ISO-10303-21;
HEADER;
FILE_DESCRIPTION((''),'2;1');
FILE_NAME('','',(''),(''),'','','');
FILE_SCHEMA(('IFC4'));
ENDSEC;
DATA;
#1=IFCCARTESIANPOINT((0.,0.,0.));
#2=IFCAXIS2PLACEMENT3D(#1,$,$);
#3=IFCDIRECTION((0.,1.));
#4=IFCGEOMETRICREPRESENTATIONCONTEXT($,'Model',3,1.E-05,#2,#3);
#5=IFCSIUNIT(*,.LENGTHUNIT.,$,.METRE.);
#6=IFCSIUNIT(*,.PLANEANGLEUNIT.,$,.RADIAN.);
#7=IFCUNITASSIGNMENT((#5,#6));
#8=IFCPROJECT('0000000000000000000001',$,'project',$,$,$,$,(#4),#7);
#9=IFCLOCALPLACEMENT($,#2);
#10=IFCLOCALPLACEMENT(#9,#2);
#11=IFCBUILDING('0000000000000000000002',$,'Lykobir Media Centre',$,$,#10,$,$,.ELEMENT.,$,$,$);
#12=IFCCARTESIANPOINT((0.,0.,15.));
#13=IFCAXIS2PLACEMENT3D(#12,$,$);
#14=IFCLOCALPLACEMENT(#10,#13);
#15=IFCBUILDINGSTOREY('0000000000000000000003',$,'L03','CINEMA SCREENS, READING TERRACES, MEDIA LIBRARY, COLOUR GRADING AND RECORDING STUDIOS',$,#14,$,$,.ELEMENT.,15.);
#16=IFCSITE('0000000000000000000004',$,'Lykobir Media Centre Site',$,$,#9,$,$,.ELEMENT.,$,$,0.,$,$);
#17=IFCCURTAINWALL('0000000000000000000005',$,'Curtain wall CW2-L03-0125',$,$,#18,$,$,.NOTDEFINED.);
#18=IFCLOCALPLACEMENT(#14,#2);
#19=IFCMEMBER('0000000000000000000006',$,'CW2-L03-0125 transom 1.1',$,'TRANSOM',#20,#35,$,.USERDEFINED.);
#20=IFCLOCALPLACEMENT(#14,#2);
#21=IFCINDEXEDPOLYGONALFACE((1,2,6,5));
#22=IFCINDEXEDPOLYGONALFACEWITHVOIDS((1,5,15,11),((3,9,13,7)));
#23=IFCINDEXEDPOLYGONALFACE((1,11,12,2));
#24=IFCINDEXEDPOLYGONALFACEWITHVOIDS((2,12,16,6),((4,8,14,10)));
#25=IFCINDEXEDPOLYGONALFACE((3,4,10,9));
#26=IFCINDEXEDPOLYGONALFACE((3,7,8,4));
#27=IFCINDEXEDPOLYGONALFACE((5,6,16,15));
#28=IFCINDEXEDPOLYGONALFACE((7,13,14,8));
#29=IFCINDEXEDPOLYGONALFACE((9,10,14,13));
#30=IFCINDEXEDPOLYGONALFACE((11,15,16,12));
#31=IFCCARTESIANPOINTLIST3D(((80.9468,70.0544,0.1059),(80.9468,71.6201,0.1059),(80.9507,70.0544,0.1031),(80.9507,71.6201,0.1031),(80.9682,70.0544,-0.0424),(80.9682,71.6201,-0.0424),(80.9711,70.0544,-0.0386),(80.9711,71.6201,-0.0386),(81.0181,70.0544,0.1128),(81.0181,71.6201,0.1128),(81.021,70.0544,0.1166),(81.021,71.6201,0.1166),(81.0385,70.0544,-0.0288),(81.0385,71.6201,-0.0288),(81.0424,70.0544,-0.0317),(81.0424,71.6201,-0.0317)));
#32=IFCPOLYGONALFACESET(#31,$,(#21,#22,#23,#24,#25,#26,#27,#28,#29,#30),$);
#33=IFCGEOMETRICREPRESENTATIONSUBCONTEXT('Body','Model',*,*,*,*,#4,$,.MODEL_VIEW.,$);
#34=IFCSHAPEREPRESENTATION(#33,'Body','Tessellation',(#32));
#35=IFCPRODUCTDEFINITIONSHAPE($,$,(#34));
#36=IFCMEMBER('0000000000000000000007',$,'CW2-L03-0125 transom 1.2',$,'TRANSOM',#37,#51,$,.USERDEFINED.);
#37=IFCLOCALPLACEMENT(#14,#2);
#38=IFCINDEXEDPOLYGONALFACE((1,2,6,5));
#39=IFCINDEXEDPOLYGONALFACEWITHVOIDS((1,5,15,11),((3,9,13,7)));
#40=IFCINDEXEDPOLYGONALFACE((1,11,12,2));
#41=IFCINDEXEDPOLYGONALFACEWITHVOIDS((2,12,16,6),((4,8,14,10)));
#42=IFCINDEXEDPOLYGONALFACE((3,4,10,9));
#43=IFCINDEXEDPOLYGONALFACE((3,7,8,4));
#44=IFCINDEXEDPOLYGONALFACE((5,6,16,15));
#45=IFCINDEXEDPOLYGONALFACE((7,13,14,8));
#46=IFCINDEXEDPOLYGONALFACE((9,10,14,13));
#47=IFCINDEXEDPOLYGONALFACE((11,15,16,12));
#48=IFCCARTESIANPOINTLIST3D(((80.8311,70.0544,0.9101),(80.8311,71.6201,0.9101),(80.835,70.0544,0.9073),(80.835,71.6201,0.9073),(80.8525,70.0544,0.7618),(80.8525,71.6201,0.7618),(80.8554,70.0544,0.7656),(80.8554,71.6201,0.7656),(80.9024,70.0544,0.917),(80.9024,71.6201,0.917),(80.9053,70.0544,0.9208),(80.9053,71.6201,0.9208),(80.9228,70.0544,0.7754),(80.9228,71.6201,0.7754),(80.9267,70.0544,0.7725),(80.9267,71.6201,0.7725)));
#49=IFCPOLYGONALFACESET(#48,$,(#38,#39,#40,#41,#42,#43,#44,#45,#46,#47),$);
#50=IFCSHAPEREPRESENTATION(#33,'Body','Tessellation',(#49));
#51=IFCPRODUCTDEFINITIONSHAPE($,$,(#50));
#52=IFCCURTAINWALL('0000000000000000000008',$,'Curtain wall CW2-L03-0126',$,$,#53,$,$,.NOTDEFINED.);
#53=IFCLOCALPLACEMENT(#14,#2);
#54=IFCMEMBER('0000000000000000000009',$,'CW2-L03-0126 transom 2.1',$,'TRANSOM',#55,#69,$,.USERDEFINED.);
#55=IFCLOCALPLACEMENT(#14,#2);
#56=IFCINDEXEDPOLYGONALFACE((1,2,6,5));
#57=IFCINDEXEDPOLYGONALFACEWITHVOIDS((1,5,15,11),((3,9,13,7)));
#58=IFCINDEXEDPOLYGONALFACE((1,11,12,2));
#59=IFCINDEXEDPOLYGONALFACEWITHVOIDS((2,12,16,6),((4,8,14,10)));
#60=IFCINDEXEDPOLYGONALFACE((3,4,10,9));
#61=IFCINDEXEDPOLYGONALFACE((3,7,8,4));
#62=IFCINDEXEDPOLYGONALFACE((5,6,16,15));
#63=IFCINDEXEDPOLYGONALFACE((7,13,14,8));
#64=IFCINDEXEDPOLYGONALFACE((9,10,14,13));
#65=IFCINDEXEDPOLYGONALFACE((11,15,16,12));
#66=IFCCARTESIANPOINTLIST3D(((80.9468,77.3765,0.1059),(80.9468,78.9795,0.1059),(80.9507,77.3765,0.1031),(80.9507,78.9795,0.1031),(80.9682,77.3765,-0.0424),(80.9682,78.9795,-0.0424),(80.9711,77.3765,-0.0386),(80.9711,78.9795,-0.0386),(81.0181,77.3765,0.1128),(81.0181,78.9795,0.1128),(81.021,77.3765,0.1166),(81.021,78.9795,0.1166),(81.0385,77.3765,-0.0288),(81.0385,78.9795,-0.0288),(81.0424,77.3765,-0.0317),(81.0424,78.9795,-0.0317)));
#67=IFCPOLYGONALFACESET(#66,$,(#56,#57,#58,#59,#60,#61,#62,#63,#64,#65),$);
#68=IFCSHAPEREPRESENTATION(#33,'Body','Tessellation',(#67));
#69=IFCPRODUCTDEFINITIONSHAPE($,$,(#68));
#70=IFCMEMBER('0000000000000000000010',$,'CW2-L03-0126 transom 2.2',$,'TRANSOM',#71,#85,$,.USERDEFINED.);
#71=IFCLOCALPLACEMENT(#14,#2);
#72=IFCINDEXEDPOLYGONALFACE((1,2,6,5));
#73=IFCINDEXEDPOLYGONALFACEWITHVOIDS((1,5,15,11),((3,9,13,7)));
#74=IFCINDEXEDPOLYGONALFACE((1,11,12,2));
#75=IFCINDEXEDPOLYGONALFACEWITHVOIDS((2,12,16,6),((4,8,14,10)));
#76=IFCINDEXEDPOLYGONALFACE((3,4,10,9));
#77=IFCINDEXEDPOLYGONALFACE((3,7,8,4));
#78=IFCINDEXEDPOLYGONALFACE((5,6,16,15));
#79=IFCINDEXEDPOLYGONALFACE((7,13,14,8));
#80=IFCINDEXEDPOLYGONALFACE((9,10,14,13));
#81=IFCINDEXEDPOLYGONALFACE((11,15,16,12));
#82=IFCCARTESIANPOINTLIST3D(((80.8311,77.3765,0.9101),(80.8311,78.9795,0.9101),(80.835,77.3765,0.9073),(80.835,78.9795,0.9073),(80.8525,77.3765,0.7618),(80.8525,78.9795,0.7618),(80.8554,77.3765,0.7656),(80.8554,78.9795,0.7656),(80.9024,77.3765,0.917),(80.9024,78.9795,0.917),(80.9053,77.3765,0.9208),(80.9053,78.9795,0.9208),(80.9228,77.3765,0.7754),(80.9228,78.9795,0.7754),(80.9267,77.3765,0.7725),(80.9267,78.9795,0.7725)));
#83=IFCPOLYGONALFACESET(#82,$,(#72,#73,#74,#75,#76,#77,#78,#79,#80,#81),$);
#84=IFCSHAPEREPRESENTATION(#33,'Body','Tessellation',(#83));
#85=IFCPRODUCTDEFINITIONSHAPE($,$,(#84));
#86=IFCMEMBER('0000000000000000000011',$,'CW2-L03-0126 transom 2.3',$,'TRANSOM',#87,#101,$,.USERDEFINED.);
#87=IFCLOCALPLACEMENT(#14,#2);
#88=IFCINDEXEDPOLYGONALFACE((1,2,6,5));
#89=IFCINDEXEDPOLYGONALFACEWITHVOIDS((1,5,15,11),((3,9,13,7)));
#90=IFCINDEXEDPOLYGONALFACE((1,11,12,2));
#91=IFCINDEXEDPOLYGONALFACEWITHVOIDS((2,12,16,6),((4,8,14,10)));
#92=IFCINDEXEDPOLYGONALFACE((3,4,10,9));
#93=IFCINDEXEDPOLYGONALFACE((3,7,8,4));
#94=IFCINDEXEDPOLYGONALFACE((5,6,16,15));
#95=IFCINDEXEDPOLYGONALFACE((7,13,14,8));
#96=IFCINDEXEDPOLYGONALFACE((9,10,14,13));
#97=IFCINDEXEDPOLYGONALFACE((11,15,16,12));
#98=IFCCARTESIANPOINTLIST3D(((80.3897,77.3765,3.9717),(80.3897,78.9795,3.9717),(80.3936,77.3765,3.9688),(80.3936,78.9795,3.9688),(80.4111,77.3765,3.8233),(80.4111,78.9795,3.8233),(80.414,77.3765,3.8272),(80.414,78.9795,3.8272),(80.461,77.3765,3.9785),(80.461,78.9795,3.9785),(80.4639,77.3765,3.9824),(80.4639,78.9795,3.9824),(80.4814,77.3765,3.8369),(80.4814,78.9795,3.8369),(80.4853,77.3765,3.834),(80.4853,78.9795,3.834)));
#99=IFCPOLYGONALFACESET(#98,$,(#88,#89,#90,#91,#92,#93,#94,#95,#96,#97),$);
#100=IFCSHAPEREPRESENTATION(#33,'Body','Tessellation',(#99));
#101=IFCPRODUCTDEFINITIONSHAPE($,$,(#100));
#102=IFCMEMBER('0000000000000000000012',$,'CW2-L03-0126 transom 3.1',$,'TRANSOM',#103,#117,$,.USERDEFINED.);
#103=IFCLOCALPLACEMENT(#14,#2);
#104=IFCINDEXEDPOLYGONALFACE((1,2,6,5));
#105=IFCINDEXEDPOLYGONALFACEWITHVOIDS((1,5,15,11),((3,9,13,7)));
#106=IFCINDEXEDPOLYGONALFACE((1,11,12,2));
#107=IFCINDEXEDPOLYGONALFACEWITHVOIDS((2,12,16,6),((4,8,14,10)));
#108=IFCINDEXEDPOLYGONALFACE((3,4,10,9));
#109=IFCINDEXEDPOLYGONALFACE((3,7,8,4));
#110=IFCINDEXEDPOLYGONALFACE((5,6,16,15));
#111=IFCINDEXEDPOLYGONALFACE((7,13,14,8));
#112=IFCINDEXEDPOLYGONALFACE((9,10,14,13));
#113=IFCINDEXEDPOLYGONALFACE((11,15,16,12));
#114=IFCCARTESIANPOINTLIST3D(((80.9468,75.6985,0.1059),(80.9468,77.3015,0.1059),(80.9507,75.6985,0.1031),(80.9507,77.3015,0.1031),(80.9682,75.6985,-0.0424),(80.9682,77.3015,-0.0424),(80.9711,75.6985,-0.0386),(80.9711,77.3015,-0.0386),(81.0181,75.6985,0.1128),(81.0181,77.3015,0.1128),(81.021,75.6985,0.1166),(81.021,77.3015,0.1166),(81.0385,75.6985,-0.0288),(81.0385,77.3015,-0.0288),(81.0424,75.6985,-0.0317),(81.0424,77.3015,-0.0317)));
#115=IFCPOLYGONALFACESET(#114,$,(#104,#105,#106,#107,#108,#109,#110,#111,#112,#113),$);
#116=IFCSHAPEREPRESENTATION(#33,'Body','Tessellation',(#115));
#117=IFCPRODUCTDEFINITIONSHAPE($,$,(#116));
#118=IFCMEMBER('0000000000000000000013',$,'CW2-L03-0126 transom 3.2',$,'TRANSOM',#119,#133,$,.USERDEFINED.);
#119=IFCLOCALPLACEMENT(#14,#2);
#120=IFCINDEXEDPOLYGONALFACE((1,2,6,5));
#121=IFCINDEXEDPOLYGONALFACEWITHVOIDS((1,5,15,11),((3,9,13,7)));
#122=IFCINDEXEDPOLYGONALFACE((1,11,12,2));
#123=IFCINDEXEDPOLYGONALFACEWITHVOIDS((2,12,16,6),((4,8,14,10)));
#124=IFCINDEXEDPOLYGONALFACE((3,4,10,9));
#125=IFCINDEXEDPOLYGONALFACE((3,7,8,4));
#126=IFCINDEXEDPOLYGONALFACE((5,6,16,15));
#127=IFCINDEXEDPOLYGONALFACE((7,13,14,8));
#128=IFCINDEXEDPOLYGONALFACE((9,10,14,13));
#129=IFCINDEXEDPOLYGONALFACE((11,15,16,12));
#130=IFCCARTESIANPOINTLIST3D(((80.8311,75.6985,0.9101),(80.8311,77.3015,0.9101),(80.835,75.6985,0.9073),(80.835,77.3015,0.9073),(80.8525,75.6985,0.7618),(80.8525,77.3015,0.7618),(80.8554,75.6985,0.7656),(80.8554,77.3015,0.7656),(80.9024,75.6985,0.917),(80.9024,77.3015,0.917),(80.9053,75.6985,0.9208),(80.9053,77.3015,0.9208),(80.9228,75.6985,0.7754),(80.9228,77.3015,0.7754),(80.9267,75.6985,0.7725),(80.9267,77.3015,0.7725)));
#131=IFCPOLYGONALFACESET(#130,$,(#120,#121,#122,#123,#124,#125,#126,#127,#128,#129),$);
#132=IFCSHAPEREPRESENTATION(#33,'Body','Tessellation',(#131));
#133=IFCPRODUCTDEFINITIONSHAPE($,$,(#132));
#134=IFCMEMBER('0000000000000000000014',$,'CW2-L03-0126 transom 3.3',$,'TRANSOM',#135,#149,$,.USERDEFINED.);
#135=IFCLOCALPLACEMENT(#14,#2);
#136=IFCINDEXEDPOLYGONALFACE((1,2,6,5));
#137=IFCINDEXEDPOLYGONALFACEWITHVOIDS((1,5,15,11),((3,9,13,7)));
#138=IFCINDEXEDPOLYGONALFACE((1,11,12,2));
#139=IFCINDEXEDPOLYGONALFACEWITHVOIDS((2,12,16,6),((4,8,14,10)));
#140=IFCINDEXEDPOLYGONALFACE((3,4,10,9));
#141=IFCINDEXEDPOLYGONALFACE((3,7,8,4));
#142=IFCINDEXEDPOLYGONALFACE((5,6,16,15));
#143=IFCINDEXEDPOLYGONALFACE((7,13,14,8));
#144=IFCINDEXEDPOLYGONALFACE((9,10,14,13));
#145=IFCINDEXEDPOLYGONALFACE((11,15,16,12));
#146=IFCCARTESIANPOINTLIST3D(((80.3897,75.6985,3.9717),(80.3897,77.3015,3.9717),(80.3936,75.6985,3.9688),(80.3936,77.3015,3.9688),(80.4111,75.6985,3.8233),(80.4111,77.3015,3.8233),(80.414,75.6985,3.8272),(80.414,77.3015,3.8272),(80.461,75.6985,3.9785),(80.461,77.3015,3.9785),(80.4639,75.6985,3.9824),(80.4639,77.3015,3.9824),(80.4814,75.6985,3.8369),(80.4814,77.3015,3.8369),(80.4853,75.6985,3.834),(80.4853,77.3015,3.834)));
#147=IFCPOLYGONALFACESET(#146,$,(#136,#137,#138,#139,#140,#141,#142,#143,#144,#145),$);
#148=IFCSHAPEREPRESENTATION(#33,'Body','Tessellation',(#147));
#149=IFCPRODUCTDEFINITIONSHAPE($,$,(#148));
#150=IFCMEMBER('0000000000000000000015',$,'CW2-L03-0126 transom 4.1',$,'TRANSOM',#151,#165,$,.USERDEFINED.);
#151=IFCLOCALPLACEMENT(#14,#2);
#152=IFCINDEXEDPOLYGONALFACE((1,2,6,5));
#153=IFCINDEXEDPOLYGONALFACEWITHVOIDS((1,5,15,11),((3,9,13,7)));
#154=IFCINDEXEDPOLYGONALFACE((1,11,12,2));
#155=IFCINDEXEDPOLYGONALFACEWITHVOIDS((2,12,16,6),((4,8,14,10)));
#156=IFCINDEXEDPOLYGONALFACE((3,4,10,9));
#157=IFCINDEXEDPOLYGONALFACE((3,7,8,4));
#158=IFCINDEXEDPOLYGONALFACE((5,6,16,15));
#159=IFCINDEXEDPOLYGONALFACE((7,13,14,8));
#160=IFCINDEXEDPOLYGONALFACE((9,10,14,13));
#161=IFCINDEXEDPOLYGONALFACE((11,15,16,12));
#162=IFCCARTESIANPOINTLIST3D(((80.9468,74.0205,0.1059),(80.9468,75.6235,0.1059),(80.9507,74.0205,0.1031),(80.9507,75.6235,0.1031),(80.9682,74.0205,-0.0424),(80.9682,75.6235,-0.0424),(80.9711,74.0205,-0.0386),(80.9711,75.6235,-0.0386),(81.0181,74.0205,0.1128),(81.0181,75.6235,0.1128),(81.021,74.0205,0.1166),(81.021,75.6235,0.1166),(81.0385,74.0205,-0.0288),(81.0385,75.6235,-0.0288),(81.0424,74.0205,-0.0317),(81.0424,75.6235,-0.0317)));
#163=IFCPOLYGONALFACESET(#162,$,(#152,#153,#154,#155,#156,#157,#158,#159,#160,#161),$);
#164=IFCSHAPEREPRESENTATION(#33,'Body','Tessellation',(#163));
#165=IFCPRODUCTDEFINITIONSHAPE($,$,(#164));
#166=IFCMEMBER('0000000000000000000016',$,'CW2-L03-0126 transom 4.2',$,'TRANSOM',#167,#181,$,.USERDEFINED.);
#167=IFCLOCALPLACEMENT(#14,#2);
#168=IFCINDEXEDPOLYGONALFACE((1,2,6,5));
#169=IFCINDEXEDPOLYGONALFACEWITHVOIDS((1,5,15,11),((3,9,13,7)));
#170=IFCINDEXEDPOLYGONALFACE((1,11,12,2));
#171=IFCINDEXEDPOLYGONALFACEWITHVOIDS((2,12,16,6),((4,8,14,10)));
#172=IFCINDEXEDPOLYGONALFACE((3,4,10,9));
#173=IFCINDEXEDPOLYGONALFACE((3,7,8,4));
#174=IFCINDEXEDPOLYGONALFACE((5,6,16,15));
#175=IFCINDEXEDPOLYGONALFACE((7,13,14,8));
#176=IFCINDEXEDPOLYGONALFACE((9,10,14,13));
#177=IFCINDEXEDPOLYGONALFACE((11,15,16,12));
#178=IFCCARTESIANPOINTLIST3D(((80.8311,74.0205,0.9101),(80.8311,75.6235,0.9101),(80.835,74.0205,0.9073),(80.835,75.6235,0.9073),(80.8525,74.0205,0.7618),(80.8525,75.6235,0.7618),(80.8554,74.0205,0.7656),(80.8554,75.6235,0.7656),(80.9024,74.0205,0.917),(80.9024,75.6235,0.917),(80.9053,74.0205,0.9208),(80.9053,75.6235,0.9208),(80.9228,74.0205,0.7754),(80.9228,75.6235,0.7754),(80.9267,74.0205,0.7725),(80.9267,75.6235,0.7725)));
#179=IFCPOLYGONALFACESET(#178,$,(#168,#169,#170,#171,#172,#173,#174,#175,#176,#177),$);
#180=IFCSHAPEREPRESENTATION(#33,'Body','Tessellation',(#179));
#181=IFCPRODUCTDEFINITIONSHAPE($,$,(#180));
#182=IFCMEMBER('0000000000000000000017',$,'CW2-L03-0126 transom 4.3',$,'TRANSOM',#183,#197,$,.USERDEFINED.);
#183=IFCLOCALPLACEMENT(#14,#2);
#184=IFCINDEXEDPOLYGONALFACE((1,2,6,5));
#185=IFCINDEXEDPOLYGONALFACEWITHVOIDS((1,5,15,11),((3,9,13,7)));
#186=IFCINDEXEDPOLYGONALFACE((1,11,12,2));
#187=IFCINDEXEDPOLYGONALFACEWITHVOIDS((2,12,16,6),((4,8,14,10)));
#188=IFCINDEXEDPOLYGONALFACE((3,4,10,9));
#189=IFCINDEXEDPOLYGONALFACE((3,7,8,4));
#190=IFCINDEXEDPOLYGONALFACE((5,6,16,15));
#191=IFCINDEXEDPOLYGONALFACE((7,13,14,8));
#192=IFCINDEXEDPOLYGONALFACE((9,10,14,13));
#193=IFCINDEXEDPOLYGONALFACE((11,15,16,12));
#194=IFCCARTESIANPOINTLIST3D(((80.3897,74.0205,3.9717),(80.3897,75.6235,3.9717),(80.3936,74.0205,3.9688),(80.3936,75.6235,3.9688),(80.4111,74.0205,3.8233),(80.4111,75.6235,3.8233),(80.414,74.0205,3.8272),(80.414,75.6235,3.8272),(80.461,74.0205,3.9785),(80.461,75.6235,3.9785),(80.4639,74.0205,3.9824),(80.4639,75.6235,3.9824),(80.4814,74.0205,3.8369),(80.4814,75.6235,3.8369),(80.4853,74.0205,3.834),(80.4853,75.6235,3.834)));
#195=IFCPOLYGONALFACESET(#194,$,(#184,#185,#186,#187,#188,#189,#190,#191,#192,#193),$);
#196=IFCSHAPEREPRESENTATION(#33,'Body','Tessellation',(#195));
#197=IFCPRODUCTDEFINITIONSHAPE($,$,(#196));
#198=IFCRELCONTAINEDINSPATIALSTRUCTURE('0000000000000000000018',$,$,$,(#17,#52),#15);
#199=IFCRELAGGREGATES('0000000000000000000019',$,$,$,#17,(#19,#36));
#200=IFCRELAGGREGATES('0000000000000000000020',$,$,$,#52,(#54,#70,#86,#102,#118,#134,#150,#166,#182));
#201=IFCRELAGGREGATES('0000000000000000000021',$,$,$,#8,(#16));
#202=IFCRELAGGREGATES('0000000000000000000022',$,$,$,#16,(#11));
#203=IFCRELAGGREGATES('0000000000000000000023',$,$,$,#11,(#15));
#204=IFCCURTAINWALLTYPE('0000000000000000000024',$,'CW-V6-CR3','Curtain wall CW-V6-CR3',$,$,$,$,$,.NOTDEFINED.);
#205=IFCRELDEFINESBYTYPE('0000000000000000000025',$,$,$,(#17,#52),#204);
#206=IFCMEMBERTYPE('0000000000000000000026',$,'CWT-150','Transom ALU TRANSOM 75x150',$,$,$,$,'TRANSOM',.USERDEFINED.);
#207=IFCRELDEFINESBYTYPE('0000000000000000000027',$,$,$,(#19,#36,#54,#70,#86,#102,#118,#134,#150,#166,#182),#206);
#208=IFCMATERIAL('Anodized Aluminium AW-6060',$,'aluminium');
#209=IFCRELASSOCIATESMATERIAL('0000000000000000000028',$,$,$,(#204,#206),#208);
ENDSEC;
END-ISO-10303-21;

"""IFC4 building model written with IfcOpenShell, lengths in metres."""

from ifc_helpers import new_model, si_unit, direction, frame, origin, origin_2d, place, context, subcontext, project, spatial, hollow_rectangle, extrude, material, material_profile, profile_set, type_object, element, aggregate, save


model = new_model("IFC4")

# Units and contexts
model_context = context("Model", 3, precision=1e-05, world=origin(), true_north=direction((0.0, 1.0)))
body_context = subcontext(model_context, "Body", "Model", "MODEL_VIEW")
ifc_project = project(units=[si_unit("LENGTHUNIT", "METRE"), si_unit("PLANEANGLEUNIT", "RADIAN")], contexts=[model_context])

# Site, building, storey
site_placement = place(None, origin())
site = spatial("IfcSite", under=ifc_project, at=site_placement, Name="Lykobir Media Centre Site", CompositionType="ELEMENT", RefElevation=0.0)
building_placement = place(site_placement, origin())
building = spatial("IfcBuilding", under=site, at=building_placement, Name="Lykobir Media Centre", CompositionType="ELEMENT")
storey_placement = place(building_placement, frame((0.0, 0.0, 15.0)))
storey = spatial("IfcBuildingStorey", under=building, at=storey_placement, Name="L03", Description="CINEMA SCREENS, READING TERRACES, MEDIA LIBRARY, COLOUR GRADING AND RECORDING STUDIOS", CompositionType="ELEMENT", Elevation=15.0)

# Curtain wall, members
ifc_material_1 = material(Name="Anodized Aluminium AW-6060", Category="aluminium")
curtain_wall_type = type_object("IfcCurtainWallType", Name="CW-V6-CR3", Description="Curtain wall CW-V6-CR3", PredefinedType="NOTDEFINED", material=ifc_material_1)
curtain_wall_1_placement = place(storey_placement, origin())
curtain_wall_1 = element("IfcCurtainWall", 1, at=curtain_wall_1_placement, inside=storey, type_object=curtain_wall_type, Name="Curtain wall CW2-L03-0125", PredefinedType="NOTDEFINED")
ifc_material_profile = material_profile(ifc_material_1, hollow_rectangle(XDim=0.075, YDim=0.1499, WallThickness=0.0034, at=origin_2d()), Name="ALU TRANSOM 75x150")
ifc_profile_set = profile_set([ifc_material_profile], Name="Anodized Aluminium AW-6060")
member_type = type_object("IfcMemberType", Name="CWT-150", Description="Transom ALU TRANSOM 75x150", ElementType="TRANSOM", PredefinedType="USERDEFINED", material=ifc_profile_set)
member_1_placement = place(storey_placement, frame((80.9946, 71.6201, 0.0371), z_axis=(0.0, -1.0, 0.0), x_axis=(0.989776, 0.0, 0.142629)))
member_1 = element("IfcMember", 2, at=member_1_placement, type_object=member_type, Name="CW2-L03-0125 transom 1.1", ObjectType="TRANSOM", PredefinedType="USERDEFINED", context=body_context, shape_type="SweptSolid", body=[
    extrude(hollow_rectangle(XDim=0.075, YDim=0.1499, WallThickness=0.0034, at=origin_2d()), origin(), (0.0, 0.0, 1.0), 1.5657),
])
member_2_placement = place(storey_placement, frame((80.8789, 71.6201, 0.8413), z_axis=(0.0, -1.0, 0.0), x_axis=(0.989776, 0.0, 0.142629)))
member_2 = element("IfcMember", 3, at=member_2_placement, type_object=member_type, Name="CW2-L03-0125 transom 1.2", ObjectType="TRANSOM", PredefinedType="USERDEFINED", context=body_context, shape_type="SweptSolid", body=[
    extrude(hollow_rectangle(XDim=0.075, YDim=0.1499, WallThickness=0.0034, at=origin_2d()), origin(), (0.0, 0.0, 1.0), 1.5657),
])
aggregate(curtain_wall_1, [member_1, member_2])

# Curtain wall, members
curtain_wall_2_placement = place(storey_placement, origin())
curtain_wall_2 = element("IfcCurtainWall", 4, at=curtain_wall_2_placement, inside=storey, type_object=curtain_wall_type, Name="Curtain wall CW2-L03-0126", PredefinedType="NOTDEFINED")
member_3_placement = place(storey_placement, frame((80.9946, 78.9795, 0.0371), z_axis=(0.0, -1.0, 0.0), x_axis=(0.989776, 0.0, 0.142629)))
member_3 = element("IfcMember", 5, at=member_3_placement, type_object=member_type, Name="CW2-L03-0126 transom 2.1", ObjectType="TRANSOM", PredefinedType="USERDEFINED", context=body_context, shape_type="SweptSolid", body=[
    extrude(hollow_rectangle(XDim=0.075, YDim=0.1499, WallThickness=0.0034, at=origin_2d()), origin(), (0.0, 0.0, 1.0), 1.603),
])
member_4_placement = place(storey_placement, frame((80.8789, 78.9795, 0.8413), z_axis=(0.0, -1.0, 0.0), x_axis=(0.989776, 0.0, 0.142629)))
member_4 = element("IfcMember", 6, at=member_4_placement, type_object=member_type, Name="CW2-L03-0126 transom 2.2", ObjectType="TRANSOM", PredefinedType="USERDEFINED", context=body_context, shape_type="SweptSolid", body=[
    extrude(hollow_rectangle(XDim=0.075, YDim=0.1499, WallThickness=0.0034, at=origin_2d()), origin(), (0.0, 0.0, 1.0), 1.603),
])
member_5_placement = place(storey_placement, frame((80.4375, 78.9795, 3.9028), z_axis=(0.0, -1.0, 0.0), x_axis=(0.989776, 0.0, 0.142629)))
member_5 = element("IfcMember", 7, at=member_5_placement, type_object=member_type, Name="CW2-L03-0126 transom 2.3", ObjectType="TRANSOM", PredefinedType="USERDEFINED", context=body_context, shape_type="SweptSolid", body=[
    extrude(hollow_rectangle(XDim=0.075, YDim=0.1499, WallThickness=0.0034, at=origin_2d()), origin(), (0.0, 0.0, 1.0), 1.603),
])
member_6_placement = place(storey_placement, frame((80.9946, 77.3015, 0.0371), z_axis=(0.0, -1.0, 0.0), x_axis=(0.989776, 0.0, 0.142629)))
member_6 = element("IfcMember", 8, at=member_6_placement, type_object=member_type, Name="CW2-L03-0126 transom 3.1", ObjectType="TRANSOM", PredefinedType="USERDEFINED", context=body_context, shape_type="SweptSolid", body=[
    extrude(hollow_rectangle(XDim=0.075, YDim=0.1499, WallThickness=0.0034, at=origin_2d()), origin(), (0.0, 0.0, 1.0), 1.603),
])
member_7_placement = place(storey_placement, frame((80.8789, 77.3015, 0.8413), z_axis=(0.0, -1.0, 0.0), x_axis=(0.989776, 0.0, 0.142629)))
member_7 = element("IfcMember", 9, at=member_7_placement, type_object=member_type, Name="CW2-L03-0126 transom 3.2", ObjectType="TRANSOM", PredefinedType="USERDEFINED", context=body_context, shape_type="SweptSolid", body=[
    extrude(hollow_rectangle(XDim=0.075, YDim=0.1499, WallThickness=0.0034, at=origin_2d()), origin(), (0.0, 0.0, 1.0), 1.603),
])
member_8_placement = place(storey_placement, frame((80.4375, 77.3015, 3.9028), z_axis=(0.0, -1.0, 0.0), x_axis=(0.989776, 0.0, 0.142629)))
member_8 = element("IfcMember", 10, at=member_8_placement, type_object=member_type, Name="CW2-L03-0126 transom 3.3", ObjectType="TRANSOM", PredefinedType="USERDEFINED", context=body_context, shape_type="SweptSolid", body=[
    extrude(hollow_rectangle(XDim=0.075, YDim=0.1499, WallThickness=0.0034, at=origin_2d()), origin(), (0.0, 0.0, 1.0), 1.603),
])
member_9_placement = place(storey_placement, frame((80.9946, 75.6235, 0.0371), z_axis=(0.0, -1.0, 0.0), x_axis=(0.989776, 0.0, 0.142629)))
member_9 = element("IfcMember", 11, at=member_9_placement, type_object=member_type, Name="CW2-L03-0126 transom 4.1", ObjectType="TRANSOM", PredefinedType="USERDEFINED", context=body_context, shape_type="SweptSolid", body=[
    extrude(hollow_rectangle(XDim=0.075, YDim=0.1499, WallThickness=0.0034, at=origin_2d()), origin(), (0.0, 0.0, 1.0), 1.603),
])
member_10_placement = place(storey_placement, frame((80.8789, 75.6235, 0.8413), z_axis=(0.0, -1.0, 0.0), x_axis=(0.989776, 0.0, 0.142629)))
member_10 = element("IfcMember", 12, at=member_10_placement, type_object=member_type, Name="CW2-L03-0126 transom 4.2", ObjectType="TRANSOM", PredefinedType="USERDEFINED", context=body_context, shape_type="SweptSolid", body=[
    extrude(hollow_rectangle(XDim=0.075, YDim=0.1499, WallThickness=0.0034, at=origin_2d()), origin(), (0.0, 0.0, 1.0), 1.603),
])
member_11_placement = place(storey_placement, frame((80.4375, 75.6235, 3.9028), z_axis=(0.0, -1.0, 0.0), x_axis=(0.989776, 0.0, 0.142629)))
member_11 = element("IfcMember", 13, at=member_11_placement, type_object=member_type, Name="CW2-L03-0126 transom 4.3", ObjectType="TRANSOM", PredefinedType="USERDEFINED", context=body_context, shape_type="SweptSolid", body=[
    extrude(hollow_rectangle(XDim=0.075, YDim=0.1499, WallThickness=0.0034, at=origin_2d()), origin(), (0.0, 0.0, 1.0), 1.603),
])
aggregate(curtain_wall_2, [member_3, member_4, member_5, member_6, member_7, member_8, member_9, member_10, member_11])

save(model, "model.ifc")
